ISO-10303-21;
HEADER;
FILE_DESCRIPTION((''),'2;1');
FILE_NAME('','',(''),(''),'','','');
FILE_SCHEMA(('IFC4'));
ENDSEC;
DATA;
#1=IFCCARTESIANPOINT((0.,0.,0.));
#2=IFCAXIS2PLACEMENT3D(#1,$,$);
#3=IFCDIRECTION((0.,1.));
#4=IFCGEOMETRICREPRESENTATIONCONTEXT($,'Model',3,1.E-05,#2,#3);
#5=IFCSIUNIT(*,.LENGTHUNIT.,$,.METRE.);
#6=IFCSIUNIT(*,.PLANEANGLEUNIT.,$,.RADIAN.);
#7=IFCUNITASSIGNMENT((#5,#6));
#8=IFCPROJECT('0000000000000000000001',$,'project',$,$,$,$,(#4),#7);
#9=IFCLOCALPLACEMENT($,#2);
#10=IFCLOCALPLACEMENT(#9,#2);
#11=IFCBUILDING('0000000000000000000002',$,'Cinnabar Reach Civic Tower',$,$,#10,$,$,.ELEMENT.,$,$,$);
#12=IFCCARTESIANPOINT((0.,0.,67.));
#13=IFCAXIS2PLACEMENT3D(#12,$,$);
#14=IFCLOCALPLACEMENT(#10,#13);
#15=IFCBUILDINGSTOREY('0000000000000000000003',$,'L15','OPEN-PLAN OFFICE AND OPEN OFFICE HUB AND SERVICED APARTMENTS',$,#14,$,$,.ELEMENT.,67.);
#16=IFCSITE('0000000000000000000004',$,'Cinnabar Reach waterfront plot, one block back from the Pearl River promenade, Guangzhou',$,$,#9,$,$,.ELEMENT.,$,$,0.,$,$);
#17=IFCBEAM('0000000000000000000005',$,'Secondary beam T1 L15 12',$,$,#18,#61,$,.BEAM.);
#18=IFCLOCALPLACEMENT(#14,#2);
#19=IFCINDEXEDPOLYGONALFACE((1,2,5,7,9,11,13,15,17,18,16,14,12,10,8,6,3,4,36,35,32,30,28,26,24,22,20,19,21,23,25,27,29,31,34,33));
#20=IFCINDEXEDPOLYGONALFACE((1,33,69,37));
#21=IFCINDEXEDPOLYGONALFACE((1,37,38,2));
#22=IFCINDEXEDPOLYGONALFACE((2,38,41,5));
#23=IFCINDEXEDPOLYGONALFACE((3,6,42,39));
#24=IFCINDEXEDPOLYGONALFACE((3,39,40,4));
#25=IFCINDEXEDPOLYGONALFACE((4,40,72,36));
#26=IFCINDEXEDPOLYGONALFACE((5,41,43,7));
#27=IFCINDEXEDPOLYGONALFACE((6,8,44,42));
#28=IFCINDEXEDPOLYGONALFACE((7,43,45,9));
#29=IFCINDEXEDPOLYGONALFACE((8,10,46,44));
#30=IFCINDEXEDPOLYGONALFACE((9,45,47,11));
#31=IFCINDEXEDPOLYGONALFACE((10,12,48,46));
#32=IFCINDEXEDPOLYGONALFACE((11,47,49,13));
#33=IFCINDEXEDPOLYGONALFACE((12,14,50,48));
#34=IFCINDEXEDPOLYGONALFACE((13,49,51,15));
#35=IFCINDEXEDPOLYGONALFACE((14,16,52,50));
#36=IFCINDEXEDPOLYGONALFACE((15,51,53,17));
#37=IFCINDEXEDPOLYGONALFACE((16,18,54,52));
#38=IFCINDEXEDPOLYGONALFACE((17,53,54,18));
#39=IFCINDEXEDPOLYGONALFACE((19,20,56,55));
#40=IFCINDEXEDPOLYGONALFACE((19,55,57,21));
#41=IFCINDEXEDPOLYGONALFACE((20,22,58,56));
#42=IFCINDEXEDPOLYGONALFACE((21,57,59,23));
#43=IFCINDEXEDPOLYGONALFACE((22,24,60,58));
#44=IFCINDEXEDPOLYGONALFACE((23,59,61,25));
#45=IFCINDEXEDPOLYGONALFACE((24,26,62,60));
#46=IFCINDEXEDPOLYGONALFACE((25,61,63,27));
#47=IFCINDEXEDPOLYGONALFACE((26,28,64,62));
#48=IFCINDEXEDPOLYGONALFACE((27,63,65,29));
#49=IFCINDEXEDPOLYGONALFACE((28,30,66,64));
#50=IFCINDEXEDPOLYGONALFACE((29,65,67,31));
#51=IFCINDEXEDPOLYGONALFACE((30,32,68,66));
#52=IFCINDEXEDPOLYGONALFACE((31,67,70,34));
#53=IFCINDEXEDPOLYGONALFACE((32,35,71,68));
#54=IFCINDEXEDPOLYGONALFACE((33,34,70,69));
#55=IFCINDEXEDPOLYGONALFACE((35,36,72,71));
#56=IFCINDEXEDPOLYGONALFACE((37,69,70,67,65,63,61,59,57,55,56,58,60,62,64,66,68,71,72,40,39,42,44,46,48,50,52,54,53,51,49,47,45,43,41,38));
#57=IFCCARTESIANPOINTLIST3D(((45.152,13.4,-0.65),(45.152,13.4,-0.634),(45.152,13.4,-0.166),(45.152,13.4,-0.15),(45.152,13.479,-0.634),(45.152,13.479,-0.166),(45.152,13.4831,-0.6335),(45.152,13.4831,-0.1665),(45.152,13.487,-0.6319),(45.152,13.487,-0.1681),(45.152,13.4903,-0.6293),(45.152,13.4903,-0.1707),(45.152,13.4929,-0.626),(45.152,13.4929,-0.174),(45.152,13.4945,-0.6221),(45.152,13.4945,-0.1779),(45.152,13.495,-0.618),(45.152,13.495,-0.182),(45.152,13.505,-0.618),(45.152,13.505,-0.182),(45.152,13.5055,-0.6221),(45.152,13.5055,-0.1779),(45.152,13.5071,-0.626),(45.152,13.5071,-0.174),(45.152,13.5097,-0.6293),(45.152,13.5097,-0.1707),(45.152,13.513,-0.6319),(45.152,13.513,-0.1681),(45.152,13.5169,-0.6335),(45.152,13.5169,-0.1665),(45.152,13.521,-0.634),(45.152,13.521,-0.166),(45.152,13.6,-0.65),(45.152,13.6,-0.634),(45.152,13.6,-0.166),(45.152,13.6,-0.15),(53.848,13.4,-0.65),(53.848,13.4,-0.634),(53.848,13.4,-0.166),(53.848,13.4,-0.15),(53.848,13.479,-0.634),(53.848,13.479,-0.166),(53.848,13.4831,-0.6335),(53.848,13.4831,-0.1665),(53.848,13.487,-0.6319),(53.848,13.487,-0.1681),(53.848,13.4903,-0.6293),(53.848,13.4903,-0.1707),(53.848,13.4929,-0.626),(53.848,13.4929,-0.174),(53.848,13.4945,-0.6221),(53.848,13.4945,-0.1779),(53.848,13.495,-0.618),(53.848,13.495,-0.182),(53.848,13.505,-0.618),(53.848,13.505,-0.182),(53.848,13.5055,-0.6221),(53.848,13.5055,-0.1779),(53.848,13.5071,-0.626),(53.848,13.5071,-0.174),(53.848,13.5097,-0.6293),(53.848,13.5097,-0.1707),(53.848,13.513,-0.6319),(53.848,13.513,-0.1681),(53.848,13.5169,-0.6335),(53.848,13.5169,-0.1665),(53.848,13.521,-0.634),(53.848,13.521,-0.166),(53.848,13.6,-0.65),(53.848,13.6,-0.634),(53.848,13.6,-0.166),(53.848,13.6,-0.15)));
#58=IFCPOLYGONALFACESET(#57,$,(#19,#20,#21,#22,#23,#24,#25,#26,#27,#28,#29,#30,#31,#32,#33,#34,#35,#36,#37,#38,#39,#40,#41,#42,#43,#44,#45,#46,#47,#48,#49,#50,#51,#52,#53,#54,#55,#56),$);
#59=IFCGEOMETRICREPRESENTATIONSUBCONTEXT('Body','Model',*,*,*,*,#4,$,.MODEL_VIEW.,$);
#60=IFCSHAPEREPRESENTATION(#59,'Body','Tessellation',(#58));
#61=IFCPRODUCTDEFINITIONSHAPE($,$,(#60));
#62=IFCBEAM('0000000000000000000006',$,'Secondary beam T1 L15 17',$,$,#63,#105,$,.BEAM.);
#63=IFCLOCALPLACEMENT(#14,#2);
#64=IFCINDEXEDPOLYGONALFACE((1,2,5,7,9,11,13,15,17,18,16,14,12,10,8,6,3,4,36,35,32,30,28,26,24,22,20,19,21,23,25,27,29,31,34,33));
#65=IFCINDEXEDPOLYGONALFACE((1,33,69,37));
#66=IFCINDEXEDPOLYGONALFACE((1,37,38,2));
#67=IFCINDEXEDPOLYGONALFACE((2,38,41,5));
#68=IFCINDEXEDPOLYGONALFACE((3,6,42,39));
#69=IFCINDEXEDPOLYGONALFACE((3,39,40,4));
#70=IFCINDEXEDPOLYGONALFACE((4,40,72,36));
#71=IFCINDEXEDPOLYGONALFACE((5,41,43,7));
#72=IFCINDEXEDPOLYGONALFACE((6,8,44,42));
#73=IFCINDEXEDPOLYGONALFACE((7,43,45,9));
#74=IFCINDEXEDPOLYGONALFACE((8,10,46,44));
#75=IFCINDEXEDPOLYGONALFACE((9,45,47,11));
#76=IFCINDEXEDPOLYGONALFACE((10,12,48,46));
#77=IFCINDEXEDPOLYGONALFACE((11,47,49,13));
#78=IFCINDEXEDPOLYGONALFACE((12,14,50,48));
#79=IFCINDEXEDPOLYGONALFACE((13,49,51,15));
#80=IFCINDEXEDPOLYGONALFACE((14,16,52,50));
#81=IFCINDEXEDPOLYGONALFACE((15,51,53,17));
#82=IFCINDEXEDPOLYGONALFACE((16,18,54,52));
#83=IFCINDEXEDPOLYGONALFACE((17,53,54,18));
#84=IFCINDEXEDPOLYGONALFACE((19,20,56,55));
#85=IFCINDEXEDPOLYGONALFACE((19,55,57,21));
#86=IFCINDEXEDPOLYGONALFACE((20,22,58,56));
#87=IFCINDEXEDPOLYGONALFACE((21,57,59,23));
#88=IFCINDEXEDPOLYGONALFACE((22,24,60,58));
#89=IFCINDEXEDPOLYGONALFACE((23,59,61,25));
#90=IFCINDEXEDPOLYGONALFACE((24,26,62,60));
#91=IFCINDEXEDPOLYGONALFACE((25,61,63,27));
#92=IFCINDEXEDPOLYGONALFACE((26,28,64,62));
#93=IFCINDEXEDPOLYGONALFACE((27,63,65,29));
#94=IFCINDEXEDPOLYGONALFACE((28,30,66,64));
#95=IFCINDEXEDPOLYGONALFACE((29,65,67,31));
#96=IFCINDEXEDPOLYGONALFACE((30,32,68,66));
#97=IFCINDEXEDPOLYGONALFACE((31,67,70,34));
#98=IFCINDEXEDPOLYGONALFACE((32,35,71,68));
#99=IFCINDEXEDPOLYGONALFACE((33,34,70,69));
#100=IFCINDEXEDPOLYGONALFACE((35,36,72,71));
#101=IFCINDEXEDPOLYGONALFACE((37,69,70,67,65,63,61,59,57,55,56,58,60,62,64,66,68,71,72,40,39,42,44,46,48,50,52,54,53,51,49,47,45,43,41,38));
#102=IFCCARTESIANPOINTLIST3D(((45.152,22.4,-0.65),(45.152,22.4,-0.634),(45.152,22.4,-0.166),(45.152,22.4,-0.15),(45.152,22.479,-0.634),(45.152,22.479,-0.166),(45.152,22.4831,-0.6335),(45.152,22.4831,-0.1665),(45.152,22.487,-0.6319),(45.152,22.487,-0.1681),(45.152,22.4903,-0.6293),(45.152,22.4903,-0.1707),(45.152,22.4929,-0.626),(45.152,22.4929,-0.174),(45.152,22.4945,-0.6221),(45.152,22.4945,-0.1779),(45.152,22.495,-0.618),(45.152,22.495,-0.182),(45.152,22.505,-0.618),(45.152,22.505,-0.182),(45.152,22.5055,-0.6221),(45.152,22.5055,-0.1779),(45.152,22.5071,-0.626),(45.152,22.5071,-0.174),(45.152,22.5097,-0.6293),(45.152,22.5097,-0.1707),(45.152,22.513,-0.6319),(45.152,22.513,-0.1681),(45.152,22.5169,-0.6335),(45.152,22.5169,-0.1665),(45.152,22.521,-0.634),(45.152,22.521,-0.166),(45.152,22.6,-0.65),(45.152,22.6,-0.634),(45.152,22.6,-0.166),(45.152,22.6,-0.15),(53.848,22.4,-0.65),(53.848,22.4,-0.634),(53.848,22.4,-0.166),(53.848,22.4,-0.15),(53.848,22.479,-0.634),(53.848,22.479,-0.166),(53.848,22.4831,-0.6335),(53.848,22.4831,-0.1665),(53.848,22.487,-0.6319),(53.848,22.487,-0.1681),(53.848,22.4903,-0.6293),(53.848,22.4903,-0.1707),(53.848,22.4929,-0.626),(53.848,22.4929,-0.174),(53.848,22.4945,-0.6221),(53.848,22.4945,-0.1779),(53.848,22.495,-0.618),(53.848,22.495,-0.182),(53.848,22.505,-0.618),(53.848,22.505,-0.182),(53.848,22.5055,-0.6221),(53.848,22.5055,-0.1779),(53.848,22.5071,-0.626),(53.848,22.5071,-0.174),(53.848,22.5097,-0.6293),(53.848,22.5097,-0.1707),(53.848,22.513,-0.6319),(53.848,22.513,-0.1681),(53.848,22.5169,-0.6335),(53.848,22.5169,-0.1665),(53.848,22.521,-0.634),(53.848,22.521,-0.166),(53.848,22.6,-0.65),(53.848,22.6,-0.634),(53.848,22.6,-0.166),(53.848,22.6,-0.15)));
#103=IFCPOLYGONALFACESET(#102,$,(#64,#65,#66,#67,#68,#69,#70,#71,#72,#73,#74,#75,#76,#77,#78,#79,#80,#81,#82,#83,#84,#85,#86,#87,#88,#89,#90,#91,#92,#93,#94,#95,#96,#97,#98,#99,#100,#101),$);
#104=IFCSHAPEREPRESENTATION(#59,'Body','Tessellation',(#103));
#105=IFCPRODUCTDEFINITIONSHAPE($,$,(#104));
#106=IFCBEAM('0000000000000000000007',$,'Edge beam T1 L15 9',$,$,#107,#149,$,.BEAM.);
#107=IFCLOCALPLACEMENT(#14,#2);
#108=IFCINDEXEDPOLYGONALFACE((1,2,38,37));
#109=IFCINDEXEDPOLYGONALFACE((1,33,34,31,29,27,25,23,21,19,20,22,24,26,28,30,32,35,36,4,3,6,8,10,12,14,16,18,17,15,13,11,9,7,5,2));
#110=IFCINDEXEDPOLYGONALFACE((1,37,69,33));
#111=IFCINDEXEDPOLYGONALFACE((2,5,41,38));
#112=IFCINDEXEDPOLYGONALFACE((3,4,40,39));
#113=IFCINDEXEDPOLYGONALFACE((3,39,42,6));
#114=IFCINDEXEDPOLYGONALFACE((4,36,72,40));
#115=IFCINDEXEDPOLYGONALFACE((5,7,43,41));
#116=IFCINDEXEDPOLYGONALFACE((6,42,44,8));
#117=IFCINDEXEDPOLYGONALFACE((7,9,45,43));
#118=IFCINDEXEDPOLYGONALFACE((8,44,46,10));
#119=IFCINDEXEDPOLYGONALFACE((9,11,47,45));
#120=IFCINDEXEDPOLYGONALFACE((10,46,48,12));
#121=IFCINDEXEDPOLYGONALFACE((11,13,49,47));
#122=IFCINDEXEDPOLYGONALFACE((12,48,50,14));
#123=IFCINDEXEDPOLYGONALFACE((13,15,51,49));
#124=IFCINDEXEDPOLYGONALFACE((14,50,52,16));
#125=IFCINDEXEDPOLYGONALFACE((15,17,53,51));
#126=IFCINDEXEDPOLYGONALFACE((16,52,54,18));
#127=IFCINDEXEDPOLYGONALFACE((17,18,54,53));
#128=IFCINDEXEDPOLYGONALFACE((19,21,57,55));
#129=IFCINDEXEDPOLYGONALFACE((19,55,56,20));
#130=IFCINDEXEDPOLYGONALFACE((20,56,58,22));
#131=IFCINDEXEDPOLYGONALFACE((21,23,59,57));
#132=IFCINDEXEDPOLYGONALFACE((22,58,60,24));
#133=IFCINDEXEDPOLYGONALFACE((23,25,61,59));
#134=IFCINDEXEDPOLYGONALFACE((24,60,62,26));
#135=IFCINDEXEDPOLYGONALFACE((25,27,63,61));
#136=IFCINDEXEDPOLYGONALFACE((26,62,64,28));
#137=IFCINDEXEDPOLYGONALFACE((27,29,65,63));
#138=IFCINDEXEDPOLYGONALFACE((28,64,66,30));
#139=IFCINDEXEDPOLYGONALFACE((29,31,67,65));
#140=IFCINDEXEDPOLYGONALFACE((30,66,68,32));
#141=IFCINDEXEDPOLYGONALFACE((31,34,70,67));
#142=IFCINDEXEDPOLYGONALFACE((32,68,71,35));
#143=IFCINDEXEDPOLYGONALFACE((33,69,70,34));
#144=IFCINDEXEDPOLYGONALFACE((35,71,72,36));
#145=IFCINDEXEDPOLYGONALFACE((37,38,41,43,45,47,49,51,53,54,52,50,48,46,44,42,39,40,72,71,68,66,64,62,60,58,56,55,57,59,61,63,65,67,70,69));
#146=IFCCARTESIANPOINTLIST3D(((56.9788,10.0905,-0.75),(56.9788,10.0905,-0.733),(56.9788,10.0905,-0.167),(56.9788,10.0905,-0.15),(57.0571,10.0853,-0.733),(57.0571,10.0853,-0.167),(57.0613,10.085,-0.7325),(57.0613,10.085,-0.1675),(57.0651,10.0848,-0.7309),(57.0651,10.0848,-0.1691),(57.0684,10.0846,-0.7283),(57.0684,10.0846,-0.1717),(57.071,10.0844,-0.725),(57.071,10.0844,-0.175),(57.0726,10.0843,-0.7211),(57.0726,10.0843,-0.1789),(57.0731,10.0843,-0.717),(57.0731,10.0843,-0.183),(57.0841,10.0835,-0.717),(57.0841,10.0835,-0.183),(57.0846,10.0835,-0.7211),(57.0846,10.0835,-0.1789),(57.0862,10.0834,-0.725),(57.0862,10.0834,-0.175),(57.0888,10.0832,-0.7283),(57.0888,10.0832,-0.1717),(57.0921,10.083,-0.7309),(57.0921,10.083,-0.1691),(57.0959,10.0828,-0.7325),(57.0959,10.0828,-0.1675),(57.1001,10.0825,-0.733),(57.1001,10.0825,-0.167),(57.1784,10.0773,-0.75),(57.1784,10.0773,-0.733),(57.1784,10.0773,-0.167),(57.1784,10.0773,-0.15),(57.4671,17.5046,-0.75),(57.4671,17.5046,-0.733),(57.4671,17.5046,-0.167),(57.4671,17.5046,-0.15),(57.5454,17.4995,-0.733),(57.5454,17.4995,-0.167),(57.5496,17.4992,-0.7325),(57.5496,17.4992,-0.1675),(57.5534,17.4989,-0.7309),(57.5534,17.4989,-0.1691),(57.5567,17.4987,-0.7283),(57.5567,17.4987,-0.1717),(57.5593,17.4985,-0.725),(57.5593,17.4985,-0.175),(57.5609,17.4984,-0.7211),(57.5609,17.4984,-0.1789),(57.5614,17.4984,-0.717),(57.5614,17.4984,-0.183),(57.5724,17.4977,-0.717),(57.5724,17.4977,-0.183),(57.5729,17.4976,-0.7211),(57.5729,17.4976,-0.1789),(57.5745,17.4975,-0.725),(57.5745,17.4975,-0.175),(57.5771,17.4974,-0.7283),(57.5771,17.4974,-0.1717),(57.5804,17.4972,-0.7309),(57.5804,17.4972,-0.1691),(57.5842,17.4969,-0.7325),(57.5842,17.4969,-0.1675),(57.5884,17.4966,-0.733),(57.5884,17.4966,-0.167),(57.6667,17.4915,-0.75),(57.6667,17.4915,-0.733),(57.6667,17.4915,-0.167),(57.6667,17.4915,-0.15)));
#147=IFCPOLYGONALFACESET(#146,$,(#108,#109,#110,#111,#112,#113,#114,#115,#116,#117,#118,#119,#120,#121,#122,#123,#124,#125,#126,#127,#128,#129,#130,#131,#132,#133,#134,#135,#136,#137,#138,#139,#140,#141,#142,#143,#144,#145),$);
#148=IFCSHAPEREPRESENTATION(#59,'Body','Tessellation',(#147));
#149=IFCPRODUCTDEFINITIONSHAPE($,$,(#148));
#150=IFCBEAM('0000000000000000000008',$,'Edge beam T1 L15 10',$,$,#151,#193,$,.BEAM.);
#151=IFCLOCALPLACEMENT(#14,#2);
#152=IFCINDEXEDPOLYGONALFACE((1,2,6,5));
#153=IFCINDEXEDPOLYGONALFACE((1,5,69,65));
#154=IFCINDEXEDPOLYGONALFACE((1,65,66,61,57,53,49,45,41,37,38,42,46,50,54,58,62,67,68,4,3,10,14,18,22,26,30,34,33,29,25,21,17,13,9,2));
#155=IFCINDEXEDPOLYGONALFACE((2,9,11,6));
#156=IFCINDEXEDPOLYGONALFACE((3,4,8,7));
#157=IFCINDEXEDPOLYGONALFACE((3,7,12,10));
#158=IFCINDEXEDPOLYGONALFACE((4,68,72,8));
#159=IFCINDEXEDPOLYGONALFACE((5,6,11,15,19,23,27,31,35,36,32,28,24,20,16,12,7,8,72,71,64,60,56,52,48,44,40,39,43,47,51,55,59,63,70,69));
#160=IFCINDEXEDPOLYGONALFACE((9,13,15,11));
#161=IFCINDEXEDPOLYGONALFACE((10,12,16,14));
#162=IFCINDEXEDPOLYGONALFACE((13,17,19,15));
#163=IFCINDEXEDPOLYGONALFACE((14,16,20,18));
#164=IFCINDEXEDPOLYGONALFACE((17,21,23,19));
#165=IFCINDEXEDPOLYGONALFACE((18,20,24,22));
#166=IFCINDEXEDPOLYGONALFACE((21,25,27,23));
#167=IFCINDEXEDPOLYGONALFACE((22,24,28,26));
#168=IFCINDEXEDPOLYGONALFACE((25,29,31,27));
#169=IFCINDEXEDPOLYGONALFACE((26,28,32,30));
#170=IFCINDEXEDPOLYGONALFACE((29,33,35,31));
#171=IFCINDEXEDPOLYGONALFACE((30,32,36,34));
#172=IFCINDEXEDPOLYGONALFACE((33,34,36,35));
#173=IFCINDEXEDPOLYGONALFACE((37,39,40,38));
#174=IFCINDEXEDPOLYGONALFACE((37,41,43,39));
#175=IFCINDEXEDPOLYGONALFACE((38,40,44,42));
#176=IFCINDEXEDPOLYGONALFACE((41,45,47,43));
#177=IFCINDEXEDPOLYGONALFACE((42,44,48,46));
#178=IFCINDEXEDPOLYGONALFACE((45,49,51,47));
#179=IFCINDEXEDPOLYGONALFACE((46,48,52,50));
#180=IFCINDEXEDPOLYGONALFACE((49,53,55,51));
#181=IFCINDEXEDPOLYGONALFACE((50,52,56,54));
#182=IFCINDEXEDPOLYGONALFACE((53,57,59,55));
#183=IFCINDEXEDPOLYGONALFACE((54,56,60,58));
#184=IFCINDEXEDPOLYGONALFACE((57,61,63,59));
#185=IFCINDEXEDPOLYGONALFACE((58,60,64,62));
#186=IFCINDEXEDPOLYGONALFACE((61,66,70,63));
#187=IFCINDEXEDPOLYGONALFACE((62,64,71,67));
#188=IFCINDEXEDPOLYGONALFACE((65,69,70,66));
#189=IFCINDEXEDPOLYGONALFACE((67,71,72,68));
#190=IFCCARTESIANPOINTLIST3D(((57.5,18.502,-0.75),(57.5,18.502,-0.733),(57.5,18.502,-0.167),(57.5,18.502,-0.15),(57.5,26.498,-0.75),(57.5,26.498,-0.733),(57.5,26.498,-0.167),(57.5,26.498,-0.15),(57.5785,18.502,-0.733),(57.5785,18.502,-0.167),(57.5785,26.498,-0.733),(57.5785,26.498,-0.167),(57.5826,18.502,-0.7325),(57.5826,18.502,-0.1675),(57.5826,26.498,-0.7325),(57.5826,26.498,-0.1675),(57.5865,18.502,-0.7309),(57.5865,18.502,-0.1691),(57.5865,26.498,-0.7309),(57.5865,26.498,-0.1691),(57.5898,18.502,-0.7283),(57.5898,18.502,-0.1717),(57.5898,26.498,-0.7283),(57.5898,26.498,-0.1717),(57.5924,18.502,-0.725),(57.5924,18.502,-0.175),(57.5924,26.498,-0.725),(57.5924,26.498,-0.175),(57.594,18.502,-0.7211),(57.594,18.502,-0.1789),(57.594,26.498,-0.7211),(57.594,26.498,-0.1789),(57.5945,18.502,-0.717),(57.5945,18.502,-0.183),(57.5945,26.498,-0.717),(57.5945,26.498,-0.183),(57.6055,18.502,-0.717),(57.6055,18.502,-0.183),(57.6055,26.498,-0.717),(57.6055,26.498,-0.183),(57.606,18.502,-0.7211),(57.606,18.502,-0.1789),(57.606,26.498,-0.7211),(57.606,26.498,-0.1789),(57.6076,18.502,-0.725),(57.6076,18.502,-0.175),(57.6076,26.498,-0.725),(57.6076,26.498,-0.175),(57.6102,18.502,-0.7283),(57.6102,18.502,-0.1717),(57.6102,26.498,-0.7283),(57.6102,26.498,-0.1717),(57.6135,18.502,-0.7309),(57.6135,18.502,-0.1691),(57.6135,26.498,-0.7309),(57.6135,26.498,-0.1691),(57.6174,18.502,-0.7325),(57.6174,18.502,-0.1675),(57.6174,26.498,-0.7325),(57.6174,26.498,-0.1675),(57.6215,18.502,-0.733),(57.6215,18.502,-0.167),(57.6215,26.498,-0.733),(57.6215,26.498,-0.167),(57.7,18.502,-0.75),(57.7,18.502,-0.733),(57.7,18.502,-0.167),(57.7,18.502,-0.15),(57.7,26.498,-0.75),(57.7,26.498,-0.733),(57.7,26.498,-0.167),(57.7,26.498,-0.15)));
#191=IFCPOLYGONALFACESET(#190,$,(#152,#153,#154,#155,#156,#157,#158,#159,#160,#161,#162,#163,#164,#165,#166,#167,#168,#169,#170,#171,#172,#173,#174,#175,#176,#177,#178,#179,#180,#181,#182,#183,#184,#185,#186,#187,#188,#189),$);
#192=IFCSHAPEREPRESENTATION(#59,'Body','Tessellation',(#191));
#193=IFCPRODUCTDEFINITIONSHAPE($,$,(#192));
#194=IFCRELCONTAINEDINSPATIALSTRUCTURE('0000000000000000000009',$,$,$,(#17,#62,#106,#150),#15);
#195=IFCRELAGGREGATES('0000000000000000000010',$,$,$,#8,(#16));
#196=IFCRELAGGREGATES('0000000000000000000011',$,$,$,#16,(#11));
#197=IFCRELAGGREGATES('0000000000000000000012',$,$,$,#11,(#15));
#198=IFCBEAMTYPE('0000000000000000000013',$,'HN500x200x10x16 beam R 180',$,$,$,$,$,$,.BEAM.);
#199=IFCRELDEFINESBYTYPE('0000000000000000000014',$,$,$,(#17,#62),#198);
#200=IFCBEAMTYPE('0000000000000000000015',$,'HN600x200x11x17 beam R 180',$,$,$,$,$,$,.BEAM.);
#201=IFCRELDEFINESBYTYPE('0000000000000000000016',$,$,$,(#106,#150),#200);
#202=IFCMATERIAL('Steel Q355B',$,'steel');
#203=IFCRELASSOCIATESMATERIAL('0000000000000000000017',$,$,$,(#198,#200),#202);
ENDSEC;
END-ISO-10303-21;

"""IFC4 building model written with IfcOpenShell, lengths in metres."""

from ifc_helpers import new_model, si_unit, direction, frame, origin, origin_2d, place, context, subcontext, project, spatial, i_section, extrude, material, material_profile, profile_set, type_object, element, save


model = new_model("IFC4")

# Units and contexts
model_context = context("Model", 3, precision=1e-05, world=origin(), true_north=direction((0.0, 1.0)))
body_context = subcontext(model_context, "Body", "Model", "MODEL_VIEW")
ifc_project = project(units=[si_unit("LENGTHUNIT", "METRE"), si_unit("PLANEANGLEUNIT", "RADIAN")], contexts=[model_context])

# Site, building, storey
site_placement = place(None, origin())
site = spatial("IfcSite", under=ifc_project, at=site_placement, Name="Cinnabar Reach waterfront plot, one block back from the Pearl River promenade, Guangzhou", CompositionType="ELEMENT", RefElevation=0.0)
building_placement = place(site_placement, origin())
building = spatial("IfcBuilding", under=site, at=building_placement, Name="Cinnabar Reach Civic Tower", CompositionType="ELEMENT")
storey_placement = place(building_placement, frame((0.0, 0.0, 67.0)))
storey = spatial("IfcBuildingStorey", under=building, at=storey_placement, Name="L15", Description="OPEN-PLAN OFFICE AND OPEN OFFICE HUB AND SERVICED APARTMENTS", CompositionType="ELEMENT", Elevation=67.0)

# Beams
ifc_material_1 = material(Name="Steel Q355B", Category="steel")
ifc_material_profile_1 = material_profile(ifc_material_1, i_section(OverallWidth=0.2, OverallDepth=0.5, WebThickness=0.01, FlangeThickness=0.016, FilletRadius=0.016, at=origin_2d()), Name="HN500x200x10x16")
ifc_profile_set_1 = profile_set([ifc_material_profile_1], Name="Steel Q355B")
beam_type_1 = type_object("IfcBeamType", Name="HN500x200x10x16 beam R 180", PredefinedType="BEAM", material=ifc_profile_set_1)
for number, where, z_axis, x_axis, name in (
    (1, (45.152, 13.5, -0.4), (1.0, 0.0, 0.0), (0.0, 1.0, 0.0), "Secondary beam T1 L15 12"),
    (2, (45.152, 22.5, -0.4), (1.0, 0.0, 0.0), (0.0, 1.0, 0.0), "Secondary beam T1 L15 17"),
):
    element("IfcBeam", number, at=place(storey_placement, frame(where, z_axis=z_axis, x_axis=x_axis)), inside=storey, type_object=beam_type_1, Name=name, PredefinedType="BEAM", context=body_context, shape_type="SweptSolid", body=[
        extrude(i_section(OverallWidth=0.2, OverallDepth=0.5, WebThickness=0.01, FlangeThickness=0.016, FilletRadius=0.016, at=origin_2d()), origin(), (0.0, 0.0, 1.0), 8.696),
    ])
ifc_material_profile_2 = material_profile(ifc_material_1, i_section(OverallWidth=0.2, OverallDepth=0.6, WebThickness=0.011, FlangeThickness=0.017, FilletRadius=0.016, at=origin_2d()), Name="HN600x200x11x17")
ifc_profile_set_2 = profile_set([ifc_material_profile_2], Name="Steel Q355B")
beam_type_2 = type_object("IfcBeamType", Name="HN600x200x11x17 beam R 180", PredefinedType="BEAM", material=ifc_profile_set_2)
beam_1_placement = place(storey_placement, frame((57.0786, 10.0839, -0.45), z_axis=(0.065719, 0.997838, 0.0), x_axis=(-0.997838, 0.065719, 0.0)))
element("IfcBeam", 3, at=beam_1_placement, inside=storey, type_object=beam_type_2, Name="Edge beam T1 L15 9", PredefinedType="BEAM", context=body_context, shape_type="SweptSolid", body=[
    extrude(i_section(OverallWidth=0.2, OverallDepth=0.6, WebThickness=0.011, FlangeThickness=0.017, FilletRadius=0.016, at=origin_2d()), origin(), (0.0, 0.0, 1.0), 7.4302),
])
beam_2_placement = place(storey_placement, frame((57.6, 18.502, -0.45), z_axis=(0.0, 1.0, 0.0), x_axis=(-1.0, 0.0, 0.0)))
element("IfcBeam", 4, at=beam_2_placement, inside=storey, type_object=beam_type_2, Name="Edge beam T1 L15 10", PredefinedType="BEAM", context=body_context, shape_type="SweptSolid", body=[
    extrude(i_section(OverallWidth=0.2, OverallDepth=0.6, WebThickness=0.011, FlangeThickness=0.017, FilletRadius=0.016, at=origin_2d()), origin(), (0.0, 0.0, 1.0), 7.996),
])

save(model, "model.ifc")
